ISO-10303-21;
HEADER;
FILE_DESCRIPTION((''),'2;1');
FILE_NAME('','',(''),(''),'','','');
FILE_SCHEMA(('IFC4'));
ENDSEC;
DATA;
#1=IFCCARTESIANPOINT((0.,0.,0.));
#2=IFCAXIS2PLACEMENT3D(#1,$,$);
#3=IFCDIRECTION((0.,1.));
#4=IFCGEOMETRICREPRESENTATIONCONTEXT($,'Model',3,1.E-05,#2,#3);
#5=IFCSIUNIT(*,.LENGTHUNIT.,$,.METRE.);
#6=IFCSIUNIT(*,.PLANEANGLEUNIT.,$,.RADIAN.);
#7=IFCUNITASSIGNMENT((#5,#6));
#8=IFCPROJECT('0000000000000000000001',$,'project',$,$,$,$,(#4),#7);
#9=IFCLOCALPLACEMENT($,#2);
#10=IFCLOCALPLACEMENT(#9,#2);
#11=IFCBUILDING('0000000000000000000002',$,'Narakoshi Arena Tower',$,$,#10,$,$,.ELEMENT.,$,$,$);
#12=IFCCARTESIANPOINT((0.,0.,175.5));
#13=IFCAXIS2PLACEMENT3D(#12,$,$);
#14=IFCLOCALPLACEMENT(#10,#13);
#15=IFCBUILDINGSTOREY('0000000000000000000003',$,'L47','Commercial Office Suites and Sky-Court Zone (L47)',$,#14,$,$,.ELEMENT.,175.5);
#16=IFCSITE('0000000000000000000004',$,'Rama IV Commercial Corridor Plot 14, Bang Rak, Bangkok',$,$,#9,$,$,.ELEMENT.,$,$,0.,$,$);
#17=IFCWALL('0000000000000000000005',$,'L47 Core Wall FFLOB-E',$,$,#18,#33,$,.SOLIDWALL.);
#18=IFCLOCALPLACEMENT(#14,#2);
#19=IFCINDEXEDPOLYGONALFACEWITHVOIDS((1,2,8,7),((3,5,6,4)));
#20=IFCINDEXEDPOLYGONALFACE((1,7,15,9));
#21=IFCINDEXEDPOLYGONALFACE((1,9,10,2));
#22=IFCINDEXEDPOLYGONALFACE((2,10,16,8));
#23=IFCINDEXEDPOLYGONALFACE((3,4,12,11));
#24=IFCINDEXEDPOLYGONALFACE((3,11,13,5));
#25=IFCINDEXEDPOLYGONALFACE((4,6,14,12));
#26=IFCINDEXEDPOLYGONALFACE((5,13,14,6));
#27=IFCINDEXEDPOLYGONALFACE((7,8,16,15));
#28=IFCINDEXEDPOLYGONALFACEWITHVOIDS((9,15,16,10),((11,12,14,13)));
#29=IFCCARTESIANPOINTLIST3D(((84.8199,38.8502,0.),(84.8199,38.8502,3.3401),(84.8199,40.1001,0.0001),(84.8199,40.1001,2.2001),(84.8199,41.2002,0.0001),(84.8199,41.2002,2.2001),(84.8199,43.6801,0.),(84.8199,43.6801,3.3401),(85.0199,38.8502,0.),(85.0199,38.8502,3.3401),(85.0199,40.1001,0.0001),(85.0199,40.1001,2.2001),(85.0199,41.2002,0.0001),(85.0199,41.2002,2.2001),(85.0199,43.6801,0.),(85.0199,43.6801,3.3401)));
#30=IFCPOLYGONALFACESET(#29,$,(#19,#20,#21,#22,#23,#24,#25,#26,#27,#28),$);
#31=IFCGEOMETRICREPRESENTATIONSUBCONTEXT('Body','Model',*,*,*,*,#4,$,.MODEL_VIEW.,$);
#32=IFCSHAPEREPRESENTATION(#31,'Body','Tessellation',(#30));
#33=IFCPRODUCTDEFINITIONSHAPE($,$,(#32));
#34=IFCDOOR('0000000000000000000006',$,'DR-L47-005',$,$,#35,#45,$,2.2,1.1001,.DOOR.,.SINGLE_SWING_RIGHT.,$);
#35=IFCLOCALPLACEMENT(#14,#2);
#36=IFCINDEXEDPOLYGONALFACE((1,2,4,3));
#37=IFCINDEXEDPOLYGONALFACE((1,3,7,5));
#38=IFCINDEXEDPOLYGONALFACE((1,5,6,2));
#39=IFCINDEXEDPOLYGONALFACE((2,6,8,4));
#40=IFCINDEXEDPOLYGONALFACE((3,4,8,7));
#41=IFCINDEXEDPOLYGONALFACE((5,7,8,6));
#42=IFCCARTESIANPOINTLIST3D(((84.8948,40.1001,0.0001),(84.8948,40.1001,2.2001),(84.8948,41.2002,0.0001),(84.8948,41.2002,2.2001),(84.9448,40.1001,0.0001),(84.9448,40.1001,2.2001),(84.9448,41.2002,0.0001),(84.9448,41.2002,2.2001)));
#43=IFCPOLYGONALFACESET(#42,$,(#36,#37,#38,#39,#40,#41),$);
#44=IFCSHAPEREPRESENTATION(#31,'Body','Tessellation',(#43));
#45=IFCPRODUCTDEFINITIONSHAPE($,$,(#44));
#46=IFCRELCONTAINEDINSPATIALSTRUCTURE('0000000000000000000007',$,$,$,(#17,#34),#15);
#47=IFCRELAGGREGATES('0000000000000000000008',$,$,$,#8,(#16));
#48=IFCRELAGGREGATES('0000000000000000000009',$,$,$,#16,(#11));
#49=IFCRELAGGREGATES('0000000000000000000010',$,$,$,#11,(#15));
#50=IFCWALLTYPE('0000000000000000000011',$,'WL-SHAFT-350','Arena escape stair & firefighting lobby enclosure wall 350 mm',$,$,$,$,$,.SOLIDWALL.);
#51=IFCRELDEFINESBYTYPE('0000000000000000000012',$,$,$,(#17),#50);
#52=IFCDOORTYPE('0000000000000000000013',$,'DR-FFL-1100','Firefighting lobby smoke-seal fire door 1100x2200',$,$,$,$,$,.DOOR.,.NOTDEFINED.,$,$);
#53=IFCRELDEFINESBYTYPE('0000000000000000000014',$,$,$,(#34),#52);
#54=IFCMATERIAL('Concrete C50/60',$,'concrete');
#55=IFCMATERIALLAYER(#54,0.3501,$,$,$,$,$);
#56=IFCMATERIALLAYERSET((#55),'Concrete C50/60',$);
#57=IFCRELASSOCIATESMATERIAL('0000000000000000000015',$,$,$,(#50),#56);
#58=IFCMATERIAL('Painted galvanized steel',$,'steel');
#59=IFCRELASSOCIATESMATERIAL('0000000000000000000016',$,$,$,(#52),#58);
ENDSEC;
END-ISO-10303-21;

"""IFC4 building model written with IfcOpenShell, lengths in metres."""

from ifc_helpers import new_model, si_unit, direction, frame, frame_2d, origin, place, context, subcontext, project, spatial, rectangle, extrude, material, layer, layer_set, type_object, element, fill, save


model = new_model("IFC4")

# Units and contexts
model_context = context("Model", 3, precision=1e-05, world=origin(), true_north=direction((0.0, 1.0)))
body_context = subcontext(model_context, "Body", "Model", "MODEL_VIEW")
ifc_project = project(units=[si_unit("LENGTHUNIT", "METRE"), si_unit("PLANEANGLEUNIT", "RADIAN")], contexts=[model_context])

# Site, building, storey
site_placement = place(None, origin())
site = spatial("IfcSite", under=ifc_project, at=site_placement, Name="Rama IV Commercial Corridor Plot 14, Bang Rak, Bangkok", CompositionType="ELEMENT", RefElevation=0.0)
building_placement = place(site_placement, origin())
building = spatial("IfcBuilding", under=site, at=building_placement, Name="Narakoshi Arena Tower", CompositionType="ELEMENT")
storey_placement = place(building_placement, frame((0.0, 0.0, 175.5)))
storey = spatial("IfcBuildingStorey", under=building, at=storey_placement, Name="L47", Description="Commercial Office Suites and Sky-Court Zone (L47)", CompositionType="ELEMENT", Elevation=175.5)

# Shared definitions
ifc_material_1 = material(Name="Concrete C50/60", Category="concrete")

# Shared definitions
ifc_layer_1 = layer(ifc_material_1, 0.3501)
ifc_layer_set_1 = layer_set([ifc_layer_1], Name="Concrete C50/60")
wall_type_1 = type_object("IfcWallType", Name="WL-SHAFT-350", Description="Arena escape stair & firefighting lobby enclosure wall 350 mm", PredefinedType="SOLIDWALL", material=ifc_layer_set_1)

# Wall, opening, door
wall_1_placement = place(storey_placement, frame((84.9199, 38.8501, 0.0), z_axis=(0.0, 0.0, 1.0), x_axis=(0.0, 1.0, 0.0)))
wall_1 = element("IfcWall", 1, at=wall_1_placement, inside=storey, type_object=wall_type_1, Name="L47 Core Wall FFLOB-E", PredefinedType="SOLIDWALL", context=body_context, shape_type="SweptSolid", body=[
    extrude(rectangle(XDim=4.8298, YDim=0.2, at=frame_2d((2.415, 0.0))), origin(), (0.0, 0.0, 1.0), 3.3401),
])
opening_1_placement = place(wall_1_placement, frame((1.25, 0.0, 0.0)))
opening_1 = element("IfcOpeningElement", 2, at=opening_1_placement, cuts=wall_1, PredefinedType="OPENING", context=body_context, shape_type="SweptSolid", body=[
    extrude(rectangle(XDim=1.1001, YDim=2.2, at=frame_2d((0.55, 1.1001))), frame((0.0, 0.1099, 0.0), z_axis=(0.0, -1.0, 0.0), x_axis=(1.0, 0.0, 0.0)), (0.0, 0.0, 1.0), 0.22),
])
ifc_material_2 = material(Name="Painted galvanized steel", Category="steel")
door_type_1 = type_object("IfcDoorType", Name="DR-FFL-1100", Description="Firefighting lobby smoke-seal fire door 1100x2200", OperationType="NOTDEFINED", PredefinedType="DOOR", material=ifc_material_2)
door_1_placement = place(opening_1_placement, frame((1.1001, 0.0, 0.0), z_axis=(0.0, 0.0, 1.0), x_axis=(-1.0, 0.0, 0.0)))
door_1 = element("IfcDoor", 3, at=door_1_placement, inside=storey, type_object=door_type_1, Name="DR-L47-005", OperationType="SINGLE_SWING_RIGHT", OverallHeight=2.2, OverallWidth=1.1001, PredefinedType="DOOR", context=body_context, shape_type="SweptSolid", body=[
    extrude(rectangle(XDim=1.1001, YDim=2.2, at=frame_2d((0.55, 1.1001))), frame((0.0, 0.0249, 0.0), z_axis=(0.0, -1.0, 0.0), x_axis=(1.0, 0.0, 0.0)), (0.0, 0.0, 1.0), 0.05),
])
fill(opening_1, door_1)

save(model, "model.ifc")
